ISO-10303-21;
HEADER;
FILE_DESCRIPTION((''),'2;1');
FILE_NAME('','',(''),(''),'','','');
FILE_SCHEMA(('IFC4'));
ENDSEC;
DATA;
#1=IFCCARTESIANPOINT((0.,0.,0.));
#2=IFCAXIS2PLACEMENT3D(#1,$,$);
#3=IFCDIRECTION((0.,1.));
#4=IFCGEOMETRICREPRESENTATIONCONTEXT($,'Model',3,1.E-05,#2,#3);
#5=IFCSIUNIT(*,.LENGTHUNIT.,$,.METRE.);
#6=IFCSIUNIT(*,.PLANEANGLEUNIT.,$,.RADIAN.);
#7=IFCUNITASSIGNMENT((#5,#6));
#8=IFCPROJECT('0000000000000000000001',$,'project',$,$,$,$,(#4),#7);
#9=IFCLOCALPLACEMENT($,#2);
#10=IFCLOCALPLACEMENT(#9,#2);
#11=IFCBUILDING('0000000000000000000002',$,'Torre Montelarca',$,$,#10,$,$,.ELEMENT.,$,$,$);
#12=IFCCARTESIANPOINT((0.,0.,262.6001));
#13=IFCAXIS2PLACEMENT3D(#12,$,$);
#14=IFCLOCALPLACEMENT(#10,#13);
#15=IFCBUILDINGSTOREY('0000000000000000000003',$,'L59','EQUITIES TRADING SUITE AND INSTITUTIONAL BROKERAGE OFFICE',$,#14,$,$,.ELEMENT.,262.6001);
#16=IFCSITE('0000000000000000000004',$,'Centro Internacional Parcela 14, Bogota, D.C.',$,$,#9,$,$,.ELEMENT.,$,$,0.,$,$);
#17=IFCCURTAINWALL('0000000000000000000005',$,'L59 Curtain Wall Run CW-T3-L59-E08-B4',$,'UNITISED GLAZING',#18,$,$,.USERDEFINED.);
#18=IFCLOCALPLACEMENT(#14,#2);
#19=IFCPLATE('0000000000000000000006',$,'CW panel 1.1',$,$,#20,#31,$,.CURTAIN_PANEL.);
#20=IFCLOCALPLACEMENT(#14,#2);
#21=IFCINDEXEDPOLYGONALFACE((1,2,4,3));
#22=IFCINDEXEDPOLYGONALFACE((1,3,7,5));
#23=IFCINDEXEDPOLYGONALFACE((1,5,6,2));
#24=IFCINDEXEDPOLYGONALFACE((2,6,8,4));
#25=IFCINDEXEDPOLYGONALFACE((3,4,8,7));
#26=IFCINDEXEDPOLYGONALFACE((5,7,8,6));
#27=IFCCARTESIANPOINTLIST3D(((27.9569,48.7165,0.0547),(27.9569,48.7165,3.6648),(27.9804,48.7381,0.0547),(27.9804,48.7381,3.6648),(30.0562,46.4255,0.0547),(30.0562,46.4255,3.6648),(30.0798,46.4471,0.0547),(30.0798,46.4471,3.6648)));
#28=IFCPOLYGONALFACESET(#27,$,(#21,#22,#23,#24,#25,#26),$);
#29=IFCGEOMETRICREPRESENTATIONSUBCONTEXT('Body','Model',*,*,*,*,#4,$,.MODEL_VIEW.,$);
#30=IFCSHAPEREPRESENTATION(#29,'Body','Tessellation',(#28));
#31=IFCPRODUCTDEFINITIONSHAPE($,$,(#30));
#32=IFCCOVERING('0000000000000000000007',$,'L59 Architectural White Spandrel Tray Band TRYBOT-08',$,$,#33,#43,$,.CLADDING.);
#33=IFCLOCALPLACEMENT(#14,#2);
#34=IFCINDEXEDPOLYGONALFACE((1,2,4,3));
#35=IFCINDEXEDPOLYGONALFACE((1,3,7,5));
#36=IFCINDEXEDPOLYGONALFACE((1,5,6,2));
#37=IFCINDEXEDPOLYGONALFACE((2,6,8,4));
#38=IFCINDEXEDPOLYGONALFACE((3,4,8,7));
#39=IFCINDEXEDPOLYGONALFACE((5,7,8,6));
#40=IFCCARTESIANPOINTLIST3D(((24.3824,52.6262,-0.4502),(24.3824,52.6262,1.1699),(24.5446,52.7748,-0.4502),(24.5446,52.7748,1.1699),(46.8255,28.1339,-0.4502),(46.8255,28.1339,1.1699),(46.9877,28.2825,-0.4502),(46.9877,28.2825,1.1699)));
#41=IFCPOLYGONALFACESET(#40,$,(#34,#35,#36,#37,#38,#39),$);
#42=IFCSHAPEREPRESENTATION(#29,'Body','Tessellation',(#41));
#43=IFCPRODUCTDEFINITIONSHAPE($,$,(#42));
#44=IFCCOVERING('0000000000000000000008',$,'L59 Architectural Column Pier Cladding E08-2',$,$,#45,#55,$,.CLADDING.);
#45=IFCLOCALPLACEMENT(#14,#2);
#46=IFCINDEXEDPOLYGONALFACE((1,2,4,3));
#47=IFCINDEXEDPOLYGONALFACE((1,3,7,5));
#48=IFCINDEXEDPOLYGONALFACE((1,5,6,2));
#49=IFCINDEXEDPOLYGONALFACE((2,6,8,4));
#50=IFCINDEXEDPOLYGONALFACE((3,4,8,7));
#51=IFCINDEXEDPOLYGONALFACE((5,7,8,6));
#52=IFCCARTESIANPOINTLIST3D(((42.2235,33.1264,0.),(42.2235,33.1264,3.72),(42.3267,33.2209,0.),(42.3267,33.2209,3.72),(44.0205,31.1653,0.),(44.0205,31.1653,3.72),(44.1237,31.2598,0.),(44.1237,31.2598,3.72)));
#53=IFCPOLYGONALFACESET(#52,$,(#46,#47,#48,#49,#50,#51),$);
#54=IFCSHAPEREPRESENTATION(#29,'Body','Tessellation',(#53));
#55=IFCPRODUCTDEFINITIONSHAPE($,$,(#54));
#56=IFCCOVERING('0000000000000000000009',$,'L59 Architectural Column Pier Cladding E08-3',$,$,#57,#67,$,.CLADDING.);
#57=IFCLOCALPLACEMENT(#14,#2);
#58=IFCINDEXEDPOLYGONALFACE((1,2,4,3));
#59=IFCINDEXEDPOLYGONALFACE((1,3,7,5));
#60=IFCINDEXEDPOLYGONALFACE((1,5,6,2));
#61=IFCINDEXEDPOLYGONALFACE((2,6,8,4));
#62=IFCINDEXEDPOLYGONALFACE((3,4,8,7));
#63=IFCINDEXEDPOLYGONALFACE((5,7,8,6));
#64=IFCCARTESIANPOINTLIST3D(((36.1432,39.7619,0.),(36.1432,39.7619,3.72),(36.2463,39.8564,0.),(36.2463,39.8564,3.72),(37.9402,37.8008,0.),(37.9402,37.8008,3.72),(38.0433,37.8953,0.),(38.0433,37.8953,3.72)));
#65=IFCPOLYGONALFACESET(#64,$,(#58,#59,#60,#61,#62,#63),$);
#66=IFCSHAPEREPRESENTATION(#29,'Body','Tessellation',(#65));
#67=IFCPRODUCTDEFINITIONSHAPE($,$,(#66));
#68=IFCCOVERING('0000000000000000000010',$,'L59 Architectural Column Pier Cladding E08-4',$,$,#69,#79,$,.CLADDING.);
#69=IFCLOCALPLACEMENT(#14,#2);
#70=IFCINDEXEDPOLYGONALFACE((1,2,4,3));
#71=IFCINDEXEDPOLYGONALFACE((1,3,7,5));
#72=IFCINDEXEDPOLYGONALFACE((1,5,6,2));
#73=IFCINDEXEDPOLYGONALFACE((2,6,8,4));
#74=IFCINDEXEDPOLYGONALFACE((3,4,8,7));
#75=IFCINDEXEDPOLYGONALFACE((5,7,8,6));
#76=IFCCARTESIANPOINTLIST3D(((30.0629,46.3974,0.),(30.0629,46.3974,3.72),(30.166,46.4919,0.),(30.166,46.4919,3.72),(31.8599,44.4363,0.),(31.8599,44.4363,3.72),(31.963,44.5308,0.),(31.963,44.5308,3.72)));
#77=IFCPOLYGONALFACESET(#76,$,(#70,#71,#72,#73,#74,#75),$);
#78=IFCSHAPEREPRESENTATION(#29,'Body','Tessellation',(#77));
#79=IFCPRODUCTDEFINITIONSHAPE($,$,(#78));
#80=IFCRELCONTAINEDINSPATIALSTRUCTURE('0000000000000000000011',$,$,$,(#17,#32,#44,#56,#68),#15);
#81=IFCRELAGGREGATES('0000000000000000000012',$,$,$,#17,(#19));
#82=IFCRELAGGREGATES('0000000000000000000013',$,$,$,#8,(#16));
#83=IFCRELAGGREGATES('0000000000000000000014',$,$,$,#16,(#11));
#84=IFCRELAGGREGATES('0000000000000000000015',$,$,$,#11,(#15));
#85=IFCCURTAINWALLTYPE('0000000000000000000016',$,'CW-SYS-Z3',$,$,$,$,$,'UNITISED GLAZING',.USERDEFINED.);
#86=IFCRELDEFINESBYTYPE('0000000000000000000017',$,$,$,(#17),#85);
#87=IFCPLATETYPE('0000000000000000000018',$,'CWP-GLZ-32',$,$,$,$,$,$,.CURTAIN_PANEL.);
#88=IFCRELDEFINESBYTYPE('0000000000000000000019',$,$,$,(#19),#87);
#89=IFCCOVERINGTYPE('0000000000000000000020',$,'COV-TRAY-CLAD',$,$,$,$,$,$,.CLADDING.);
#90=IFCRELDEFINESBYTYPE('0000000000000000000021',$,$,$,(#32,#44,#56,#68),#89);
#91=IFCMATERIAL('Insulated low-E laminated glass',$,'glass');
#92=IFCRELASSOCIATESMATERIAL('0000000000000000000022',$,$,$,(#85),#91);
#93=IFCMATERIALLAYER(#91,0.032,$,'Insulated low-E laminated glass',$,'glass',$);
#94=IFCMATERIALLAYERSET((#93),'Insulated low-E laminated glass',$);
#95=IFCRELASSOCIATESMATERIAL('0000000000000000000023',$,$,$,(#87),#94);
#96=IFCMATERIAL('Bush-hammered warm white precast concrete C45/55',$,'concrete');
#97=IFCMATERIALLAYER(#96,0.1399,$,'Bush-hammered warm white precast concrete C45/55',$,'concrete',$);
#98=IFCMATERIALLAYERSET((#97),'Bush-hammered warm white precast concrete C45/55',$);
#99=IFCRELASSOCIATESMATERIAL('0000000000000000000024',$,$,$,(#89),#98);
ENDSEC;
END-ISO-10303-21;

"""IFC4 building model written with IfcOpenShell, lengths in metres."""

from ifc_helpers import new_model, si_unit, direction, frame, origin, origin_2d, place, context, subcontext, project, spatial, rectangle, extrude, source, transform, mapped, material, layer, layer_set, type_object, element, aggregate, save


model = new_model("IFC4")

# Units and contexts
model_context = context("Model", 3, precision=1e-05, world=origin(), true_north=direction((0.0, 1.0)))
body_context = subcontext(model_context, "Body", "Model", "MODEL_VIEW")
ifc_project = project(units=[si_unit("LENGTHUNIT", "METRE"), si_unit("PLANEANGLEUNIT", "RADIAN")], contexts=[model_context])

# Site, building, storey
site_placement = place(None, origin())
site = spatial("IfcSite", under=ifc_project, at=site_placement, Name="Centro Internacional Parcela 14, Bogota, D.C.", CompositionType="ELEMENT", RefElevation=0.0)
building_placement = place(site_placement, origin())
building = spatial("IfcBuilding", under=site, at=building_placement, Name="Torre Montelarca", CompositionType="ELEMENT")
storey_placement = place(building_placement, frame((0.0, 0.0, 262.6001)))
storey = spatial("IfcBuildingStorey", under=building, at=storey_placement, Name="L59", Description="EQUITIES TRADING SUITE AND INSTITUTIONAL BROKERAGE OFFICE", CompositionType="ELEMENT", Elevation=262.6001)

# Shared definitions
ifc_material_1 = material(Name="Insulated low-E laminated glass", Category="glass")
curtain_wall_type = type_object("IfcCurtainWallType", Name="CW-SYS-Z3", ElementType="UNITISED GLAZING", PredefinedType="USERDEFINED", material=ifc_material_1)

# Curtain wall
curtain_wall_1_placement = place(storey_placement, origin())
curtain_wall_1 = element("IfcCurtainWall", 1, at=curtain_wall_1_placement, inside=storey, type_object=curtain_wall_type, Name="L59 Curtain Wall Run CW-T3-L59-E08-B4", ObjectType="UNITISED GLAZING", PredefinedType="USERDEFINED")

# Plate
ifc_layer_1 = layer(ifc_material_1, 0.032, Name="Insulated low-E laminated glass", Category="glass")
ifc_layer_set_1 = layer_set([ifc_layer_1], Name="Insulated low-E laminated glass")
plate_type = type_object("IfcPlateType", Name="CWP-GLZ-32", PredefinedType="CURTAIN_PANEL", material=ifc_layer_set_1)
shared_shape_1 = source(origin(), body_context, "Body", "SweptSolid", [
    extrude(rectangle(XDim=3.1074, YDim=0.032, at=origin_2d()), origin(), (0.0, 0.0, 1.0), 3.6101),
])
plate_1_placement = place(storey_placement, frame((29.0183, 47.5818, 0.0547), z_axis=(0.0, 0.0, 1.0), x_axis=(-0.675588, 0.73728, 0.0)))
plate_1 = element("IfcPlate", 2, at=plate_1_placement, type_object=plate_type, Name="CW panel 1.1", PredefinedType="CURTAIN_PANEL", context=body_context, shape_type="MappedRepresentation", body=[
    mapped(shared_shape_1, transform((0.0, 0.0, 0.0), scale=1.0)),
])
aggregate(curtain_wall_1, [plate_1])

# Coverings
ifc_material_2 = material(Name="Bush-hammered warm white precast concrete C45/55", Category="concrete")
ifc_layer_2 = layer(ifc_material_2, 0.1399, Name="Bush-hammered warm white precast concrete C45/55", Category="concrete")
ifc_layer_set_2 = layer_set([ifc_layer_2], Name="Bush-hammered warm white precast concrete C45/55")
covering_type = type_object("IfcCoveringType", Name="COV-TRAY-CLAD", PredefinedType="CLADDING", material=ifc_layer_set_2)
shared_shape_2 = source(origin(), body_context, "Body", "SweptSolid", [
    extrude(rectangle(XDim=33.22, YDim=0.22, at=origin_2d()), origin(), (0.0, 0.0, 1.0), 1.6201),
])
covering_placement = place(storey_placement, frame((35.6851, 40.4543, -0.4502), z_axis=(0.0, 0.0, 1.0), x_axis=(-0.675589, 0.737279, 0.0)))
element("IfcCovering", 3, at=covering_placement, inside=storey, type_object=covering_type, Name="L59 Architectural White Spandrel Tray Band TRYBOT-08", PredefinedType="CLADDING", context=body_context, shape_type="MappedRepresentation", body=[
    mapped(shared_shape_2, transform((0.0, 0.0, 0.0), scale=1.0)),
])
shared_shape_3 = source(origin(), body_context, "Body", "SweptSolid", [
    extrude(rectangle(XDim=2.6599, YDim=0.1399, at=origin_2d()), origin(), (0.0, 0.0, 1.0), 3.72),
])
for number, where, z_axis, x_axis, name in (
    (4, (43.1736, 32.1931, 0.0), (0.0, 0.0, 1.0), (-0.675589, 0.737279, 0.0), "L59 Architectural Column Pier Cladding E08-2"),
    (5, (37.0933, 38.8286, 0.0), (0.0, 0.0, 1.0), (-0.675589, 0.737279, 0.0), "L59 Architectural Column Pier Cladding E08-3"),
    (6, (31.0129, 45.4641, 0.0), (0.0, 0.0, 1.0), (-0.675589, 0.737279, 0.0), "L59 Architectural Column Pier Cladding E08-4"),
):
    element("IfcCovering", number, at=place(storey_placement, frame(where, z_axis=z_axis, x_axis=x_axis)), inside=storey, type_object=covering_type, Name=name, PredefinedType="CLADDING", context=body_context, shape_type="MappedRepresentation", body=[
        mapped(shared_shape_3, transform((0.0, 0.0, 0.0), scale=1.0)),
    ])

save(model, "model.ifc")
